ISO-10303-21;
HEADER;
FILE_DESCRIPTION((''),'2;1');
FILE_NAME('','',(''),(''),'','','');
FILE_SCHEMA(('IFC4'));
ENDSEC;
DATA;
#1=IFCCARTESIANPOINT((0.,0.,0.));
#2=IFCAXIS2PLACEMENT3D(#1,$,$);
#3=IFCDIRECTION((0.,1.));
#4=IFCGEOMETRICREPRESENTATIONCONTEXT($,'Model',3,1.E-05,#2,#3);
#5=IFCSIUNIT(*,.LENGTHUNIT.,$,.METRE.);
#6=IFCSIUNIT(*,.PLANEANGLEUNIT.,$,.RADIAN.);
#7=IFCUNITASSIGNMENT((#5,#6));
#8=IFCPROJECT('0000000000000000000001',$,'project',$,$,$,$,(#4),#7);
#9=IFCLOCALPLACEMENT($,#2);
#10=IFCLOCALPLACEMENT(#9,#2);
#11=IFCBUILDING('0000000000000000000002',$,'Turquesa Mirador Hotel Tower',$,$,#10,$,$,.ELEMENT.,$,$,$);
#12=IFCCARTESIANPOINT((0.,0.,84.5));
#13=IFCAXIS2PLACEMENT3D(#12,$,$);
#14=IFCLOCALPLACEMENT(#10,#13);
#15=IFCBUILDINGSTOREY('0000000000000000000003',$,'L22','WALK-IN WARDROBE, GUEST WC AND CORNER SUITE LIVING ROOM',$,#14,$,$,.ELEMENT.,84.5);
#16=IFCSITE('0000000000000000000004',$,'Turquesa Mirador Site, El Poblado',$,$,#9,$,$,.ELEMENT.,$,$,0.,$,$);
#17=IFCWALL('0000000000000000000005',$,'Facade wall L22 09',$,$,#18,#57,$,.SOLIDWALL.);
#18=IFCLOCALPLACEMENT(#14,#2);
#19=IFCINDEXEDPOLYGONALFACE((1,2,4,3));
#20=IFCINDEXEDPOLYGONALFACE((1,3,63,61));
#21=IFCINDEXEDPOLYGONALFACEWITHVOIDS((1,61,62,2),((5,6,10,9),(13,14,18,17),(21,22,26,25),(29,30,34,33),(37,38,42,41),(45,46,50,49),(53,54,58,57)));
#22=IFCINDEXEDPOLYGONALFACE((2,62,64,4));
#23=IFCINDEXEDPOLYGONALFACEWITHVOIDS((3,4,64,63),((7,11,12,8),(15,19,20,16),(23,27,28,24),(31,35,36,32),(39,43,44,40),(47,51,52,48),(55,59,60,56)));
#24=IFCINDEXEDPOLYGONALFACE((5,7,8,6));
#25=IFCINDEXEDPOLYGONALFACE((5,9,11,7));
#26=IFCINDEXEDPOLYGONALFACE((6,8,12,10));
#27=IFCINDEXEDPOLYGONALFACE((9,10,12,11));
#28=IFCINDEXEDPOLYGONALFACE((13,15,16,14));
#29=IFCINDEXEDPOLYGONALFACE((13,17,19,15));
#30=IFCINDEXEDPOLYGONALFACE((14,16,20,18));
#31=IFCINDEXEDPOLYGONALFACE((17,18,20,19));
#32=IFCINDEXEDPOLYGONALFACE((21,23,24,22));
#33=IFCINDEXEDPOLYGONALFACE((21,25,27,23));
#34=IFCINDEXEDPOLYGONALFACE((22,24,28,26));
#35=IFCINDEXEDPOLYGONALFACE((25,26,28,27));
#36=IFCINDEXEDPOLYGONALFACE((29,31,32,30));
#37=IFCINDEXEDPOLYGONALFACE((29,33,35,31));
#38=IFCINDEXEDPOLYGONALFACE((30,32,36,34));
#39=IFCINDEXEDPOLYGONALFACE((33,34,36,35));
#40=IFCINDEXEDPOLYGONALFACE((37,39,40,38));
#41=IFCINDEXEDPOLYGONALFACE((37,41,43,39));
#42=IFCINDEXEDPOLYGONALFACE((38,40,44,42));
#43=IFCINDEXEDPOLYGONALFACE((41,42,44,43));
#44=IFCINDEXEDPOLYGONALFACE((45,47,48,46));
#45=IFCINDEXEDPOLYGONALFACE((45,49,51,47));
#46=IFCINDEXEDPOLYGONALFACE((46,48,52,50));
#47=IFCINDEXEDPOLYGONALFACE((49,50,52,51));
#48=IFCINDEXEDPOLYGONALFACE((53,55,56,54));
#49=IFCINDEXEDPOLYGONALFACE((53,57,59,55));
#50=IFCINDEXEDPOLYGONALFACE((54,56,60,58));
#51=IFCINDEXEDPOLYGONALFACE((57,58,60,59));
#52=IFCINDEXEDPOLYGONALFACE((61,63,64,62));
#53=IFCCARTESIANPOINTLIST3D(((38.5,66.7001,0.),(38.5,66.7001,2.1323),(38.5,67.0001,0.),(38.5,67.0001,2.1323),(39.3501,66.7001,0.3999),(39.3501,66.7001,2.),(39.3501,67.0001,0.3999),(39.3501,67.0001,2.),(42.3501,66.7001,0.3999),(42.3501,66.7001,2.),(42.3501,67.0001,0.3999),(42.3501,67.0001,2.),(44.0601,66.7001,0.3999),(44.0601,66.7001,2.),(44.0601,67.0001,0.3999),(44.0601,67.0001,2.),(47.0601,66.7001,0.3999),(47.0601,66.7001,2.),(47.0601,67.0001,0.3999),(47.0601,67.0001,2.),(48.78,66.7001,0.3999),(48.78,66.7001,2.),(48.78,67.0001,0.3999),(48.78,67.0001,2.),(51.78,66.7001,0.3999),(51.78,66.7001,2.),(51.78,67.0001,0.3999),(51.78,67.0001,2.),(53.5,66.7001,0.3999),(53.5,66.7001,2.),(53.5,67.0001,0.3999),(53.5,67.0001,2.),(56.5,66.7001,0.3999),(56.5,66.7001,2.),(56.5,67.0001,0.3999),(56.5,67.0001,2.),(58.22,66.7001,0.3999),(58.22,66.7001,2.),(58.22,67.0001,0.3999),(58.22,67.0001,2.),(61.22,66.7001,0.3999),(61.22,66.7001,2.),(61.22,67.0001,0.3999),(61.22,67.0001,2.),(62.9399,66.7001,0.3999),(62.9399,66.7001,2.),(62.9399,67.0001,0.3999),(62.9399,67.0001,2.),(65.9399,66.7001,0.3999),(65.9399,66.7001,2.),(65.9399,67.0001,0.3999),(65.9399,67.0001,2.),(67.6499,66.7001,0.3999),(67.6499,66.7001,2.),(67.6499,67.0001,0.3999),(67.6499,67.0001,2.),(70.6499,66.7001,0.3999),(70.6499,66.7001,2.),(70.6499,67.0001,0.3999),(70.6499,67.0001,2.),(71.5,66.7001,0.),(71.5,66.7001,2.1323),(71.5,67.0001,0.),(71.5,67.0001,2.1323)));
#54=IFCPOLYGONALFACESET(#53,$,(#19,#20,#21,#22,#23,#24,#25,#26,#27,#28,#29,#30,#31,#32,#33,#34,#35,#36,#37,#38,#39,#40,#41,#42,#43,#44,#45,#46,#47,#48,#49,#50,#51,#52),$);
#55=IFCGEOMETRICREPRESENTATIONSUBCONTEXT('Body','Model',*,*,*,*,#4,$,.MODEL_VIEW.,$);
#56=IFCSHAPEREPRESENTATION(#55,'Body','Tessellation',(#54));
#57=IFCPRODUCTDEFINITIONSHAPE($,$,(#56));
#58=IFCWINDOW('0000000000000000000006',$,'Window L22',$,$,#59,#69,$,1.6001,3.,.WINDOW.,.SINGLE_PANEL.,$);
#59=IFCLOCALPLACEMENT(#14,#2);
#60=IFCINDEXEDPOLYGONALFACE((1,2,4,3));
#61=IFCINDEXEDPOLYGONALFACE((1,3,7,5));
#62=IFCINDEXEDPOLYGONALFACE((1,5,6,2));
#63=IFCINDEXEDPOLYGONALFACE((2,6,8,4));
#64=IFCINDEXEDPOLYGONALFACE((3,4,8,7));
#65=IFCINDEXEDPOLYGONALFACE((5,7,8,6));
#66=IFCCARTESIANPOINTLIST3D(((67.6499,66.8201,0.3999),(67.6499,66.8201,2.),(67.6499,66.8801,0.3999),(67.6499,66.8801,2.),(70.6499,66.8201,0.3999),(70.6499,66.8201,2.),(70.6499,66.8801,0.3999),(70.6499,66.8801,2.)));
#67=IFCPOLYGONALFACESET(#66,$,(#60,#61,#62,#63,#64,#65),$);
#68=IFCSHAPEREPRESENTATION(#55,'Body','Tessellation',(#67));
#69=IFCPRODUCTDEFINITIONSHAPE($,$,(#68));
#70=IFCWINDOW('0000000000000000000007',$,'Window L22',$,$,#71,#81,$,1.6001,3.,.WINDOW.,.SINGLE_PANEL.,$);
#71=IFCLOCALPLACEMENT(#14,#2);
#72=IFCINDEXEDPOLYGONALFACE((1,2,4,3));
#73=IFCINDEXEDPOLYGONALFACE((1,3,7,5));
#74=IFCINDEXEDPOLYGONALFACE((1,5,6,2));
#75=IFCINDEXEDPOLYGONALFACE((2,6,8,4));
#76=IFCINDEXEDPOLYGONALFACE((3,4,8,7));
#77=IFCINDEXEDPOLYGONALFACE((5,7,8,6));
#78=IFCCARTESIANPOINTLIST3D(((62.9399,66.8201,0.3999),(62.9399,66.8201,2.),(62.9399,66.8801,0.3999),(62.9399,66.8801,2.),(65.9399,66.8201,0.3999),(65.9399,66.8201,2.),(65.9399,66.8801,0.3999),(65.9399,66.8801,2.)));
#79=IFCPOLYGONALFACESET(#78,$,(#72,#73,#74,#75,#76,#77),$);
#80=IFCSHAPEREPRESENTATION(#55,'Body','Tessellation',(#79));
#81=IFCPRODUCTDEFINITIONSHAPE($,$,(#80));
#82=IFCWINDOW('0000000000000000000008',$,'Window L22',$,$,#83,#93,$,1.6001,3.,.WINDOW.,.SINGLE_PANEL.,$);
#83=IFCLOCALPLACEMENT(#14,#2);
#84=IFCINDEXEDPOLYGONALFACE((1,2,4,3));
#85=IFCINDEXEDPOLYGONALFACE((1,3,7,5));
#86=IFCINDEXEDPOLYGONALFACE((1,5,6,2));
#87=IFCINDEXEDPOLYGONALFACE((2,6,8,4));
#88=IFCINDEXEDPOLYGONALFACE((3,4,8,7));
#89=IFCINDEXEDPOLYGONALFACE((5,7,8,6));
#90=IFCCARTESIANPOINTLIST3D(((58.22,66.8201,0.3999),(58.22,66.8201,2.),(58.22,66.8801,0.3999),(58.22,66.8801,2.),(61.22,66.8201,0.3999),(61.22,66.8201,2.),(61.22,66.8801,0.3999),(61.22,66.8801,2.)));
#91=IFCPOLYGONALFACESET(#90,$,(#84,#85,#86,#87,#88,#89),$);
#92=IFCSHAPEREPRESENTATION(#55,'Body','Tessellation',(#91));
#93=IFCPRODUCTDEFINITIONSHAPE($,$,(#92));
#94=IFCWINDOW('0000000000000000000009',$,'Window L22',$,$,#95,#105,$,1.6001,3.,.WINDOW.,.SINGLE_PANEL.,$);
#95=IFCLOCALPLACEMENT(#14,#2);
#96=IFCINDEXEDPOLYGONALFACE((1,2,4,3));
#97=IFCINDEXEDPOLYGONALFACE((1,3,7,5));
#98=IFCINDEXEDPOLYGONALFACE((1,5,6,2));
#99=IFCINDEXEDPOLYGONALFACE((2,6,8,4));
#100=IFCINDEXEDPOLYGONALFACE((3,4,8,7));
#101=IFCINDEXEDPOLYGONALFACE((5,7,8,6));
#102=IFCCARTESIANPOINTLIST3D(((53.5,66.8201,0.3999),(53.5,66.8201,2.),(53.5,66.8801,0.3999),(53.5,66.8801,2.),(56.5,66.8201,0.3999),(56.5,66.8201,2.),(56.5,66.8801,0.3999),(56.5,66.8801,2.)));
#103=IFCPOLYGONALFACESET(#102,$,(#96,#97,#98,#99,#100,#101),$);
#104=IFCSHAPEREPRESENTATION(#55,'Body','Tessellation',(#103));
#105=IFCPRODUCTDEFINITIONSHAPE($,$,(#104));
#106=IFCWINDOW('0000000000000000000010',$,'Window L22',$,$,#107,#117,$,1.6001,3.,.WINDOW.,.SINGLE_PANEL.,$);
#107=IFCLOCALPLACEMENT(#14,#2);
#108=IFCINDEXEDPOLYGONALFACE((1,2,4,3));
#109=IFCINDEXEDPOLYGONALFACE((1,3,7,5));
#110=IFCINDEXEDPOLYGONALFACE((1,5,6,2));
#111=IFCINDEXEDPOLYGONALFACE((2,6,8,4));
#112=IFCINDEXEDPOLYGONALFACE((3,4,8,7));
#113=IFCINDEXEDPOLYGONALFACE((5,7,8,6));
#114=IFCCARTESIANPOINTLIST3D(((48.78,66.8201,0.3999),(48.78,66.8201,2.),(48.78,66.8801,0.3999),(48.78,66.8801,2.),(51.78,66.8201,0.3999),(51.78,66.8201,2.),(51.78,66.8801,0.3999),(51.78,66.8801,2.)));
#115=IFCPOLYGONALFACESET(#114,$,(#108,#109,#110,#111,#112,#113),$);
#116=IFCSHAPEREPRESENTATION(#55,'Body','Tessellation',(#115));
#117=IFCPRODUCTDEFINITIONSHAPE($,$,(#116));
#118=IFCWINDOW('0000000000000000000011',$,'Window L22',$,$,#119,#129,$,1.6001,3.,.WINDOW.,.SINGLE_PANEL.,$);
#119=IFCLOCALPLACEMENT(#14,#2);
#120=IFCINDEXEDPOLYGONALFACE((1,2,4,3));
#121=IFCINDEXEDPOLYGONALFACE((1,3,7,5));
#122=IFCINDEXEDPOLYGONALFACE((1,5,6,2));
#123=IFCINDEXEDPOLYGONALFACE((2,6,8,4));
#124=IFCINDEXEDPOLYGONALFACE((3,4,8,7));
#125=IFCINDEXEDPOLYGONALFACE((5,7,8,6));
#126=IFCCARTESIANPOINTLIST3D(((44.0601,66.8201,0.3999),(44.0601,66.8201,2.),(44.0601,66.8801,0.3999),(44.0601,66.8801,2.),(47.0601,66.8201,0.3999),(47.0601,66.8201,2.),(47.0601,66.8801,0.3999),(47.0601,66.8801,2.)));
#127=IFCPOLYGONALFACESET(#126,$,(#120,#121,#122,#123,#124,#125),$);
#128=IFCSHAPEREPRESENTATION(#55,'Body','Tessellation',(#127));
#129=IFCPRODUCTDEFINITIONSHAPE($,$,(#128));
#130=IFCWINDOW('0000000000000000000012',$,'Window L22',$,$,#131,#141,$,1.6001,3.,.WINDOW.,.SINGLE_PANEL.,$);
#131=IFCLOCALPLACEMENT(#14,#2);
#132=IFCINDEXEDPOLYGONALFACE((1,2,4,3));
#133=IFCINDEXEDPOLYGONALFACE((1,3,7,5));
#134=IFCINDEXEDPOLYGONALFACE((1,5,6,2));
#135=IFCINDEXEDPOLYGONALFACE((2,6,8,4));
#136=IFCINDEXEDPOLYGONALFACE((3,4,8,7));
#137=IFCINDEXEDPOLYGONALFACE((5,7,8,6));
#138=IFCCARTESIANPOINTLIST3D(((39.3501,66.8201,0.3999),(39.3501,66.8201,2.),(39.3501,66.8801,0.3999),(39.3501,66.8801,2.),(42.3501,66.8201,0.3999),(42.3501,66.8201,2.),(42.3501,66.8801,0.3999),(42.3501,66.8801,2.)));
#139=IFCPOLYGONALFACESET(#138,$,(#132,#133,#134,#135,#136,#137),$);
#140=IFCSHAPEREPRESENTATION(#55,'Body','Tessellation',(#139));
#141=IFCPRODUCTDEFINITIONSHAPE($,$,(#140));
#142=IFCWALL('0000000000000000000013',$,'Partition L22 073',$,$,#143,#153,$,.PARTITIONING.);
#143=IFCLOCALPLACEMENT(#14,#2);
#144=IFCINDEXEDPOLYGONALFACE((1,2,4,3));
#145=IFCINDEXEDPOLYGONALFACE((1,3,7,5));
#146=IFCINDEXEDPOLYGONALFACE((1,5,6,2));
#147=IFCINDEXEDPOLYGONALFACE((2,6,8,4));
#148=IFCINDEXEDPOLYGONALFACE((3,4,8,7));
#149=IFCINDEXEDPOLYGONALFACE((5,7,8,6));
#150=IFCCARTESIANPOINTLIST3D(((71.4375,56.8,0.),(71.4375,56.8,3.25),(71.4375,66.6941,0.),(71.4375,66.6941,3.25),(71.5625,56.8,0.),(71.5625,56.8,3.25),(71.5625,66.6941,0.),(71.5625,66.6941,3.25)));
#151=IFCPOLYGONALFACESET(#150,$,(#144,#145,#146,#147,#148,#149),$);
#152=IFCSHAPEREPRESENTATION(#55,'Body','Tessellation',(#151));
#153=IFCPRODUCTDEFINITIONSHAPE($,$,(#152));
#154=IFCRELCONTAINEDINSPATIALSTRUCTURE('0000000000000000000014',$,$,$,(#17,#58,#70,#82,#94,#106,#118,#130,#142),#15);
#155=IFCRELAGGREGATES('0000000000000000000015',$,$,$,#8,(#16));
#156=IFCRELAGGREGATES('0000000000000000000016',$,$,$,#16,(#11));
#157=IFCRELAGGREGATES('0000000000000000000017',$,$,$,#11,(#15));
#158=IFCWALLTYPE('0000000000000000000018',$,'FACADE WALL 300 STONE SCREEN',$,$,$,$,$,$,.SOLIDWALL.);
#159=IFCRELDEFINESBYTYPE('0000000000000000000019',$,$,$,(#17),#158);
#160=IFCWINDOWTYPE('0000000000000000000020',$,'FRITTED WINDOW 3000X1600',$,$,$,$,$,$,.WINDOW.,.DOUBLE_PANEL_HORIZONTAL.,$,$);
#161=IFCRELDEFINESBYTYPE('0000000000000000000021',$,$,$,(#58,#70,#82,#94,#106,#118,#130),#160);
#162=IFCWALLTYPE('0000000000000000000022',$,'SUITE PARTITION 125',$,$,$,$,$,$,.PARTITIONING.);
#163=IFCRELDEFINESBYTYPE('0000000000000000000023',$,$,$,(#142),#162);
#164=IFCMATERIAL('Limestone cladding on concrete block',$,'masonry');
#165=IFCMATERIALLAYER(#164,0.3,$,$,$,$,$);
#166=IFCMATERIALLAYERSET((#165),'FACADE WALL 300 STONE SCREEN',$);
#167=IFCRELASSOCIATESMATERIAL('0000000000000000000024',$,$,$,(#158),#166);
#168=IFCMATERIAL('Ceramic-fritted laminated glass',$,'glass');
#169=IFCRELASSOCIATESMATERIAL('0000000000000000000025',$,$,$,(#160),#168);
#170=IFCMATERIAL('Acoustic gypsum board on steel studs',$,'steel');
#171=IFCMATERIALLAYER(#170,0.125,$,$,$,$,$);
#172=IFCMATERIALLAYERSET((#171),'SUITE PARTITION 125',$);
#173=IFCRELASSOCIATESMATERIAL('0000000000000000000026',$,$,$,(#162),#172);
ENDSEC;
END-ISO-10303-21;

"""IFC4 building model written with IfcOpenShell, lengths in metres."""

from ifc_helpers import new_model, si_unit, direction, frame, frame_2d, origin, place, context, subcontext, project, spatial, rectangle, extrude, material, layer, layer_set, type_object, element, fill, save


model = new_model("IFC4")

# Units and contexts
model_context = context("Model", 3, precision=1e-05, world=origin(), true_north=direction((0.0, 1.0)))
body_context = subcontext(model_context, "Body", "Model", "MODEL_VIEW")
ifc_project = project(units=[si_unit("LENGTHUNIT", "METRE"), si_unit("PLANEANGLEUNIT", "RADIAN")], contexts=[model_context])

# Site, building, storey
site_placement = place(None, origin())
site = spatial("IfcSite", under=ifc_project, at=site_placement, Name="Turquesa Mirador Site, El Poblado", CompositionType="ELEMENT", RefElevation=0.0)
building_placement = place(site_placement, origin())
building = spatial("IfcBuilding", under=site, at=building_placement, Name="Turquesa Mirador Hotel Tower", CompositionType="ELEMENT")
storey_placement = place(building_placement, frame((0.0, 0.0, 84.5)))
storey = spatial("IfcBuildingStorey", under=building, at=storey_placement, Name="L22", Description="WALK-IN WARDROBE, GUEST WC AND CORNER SUITE LIVING ROOM", CompositionType="ELEMENT", Elevation=84.5)

# Shared definitions
ifc_material_1 = material(Name="Limestone cladding on concrete block", Category="masonry")
ifc_layer_1 = layer(ifc_material_1, 0.3)
ifc_layer_set_1 = layer_set([ifc_layer_1], Name="FACADE WALL 300 STONE SCREEN")
wall_type_1 = type_object("IfcWallType", Name="FACADE WALL 300 STONE SCREEN", PredefinedType="SOLIDWALL", material=ifc_layer_set_1)

# Wall, openings, windows
wall_1_placement = place(storey_placement, frame((71.5, 66.8501, 0.0), z_axis=(0.0, 0.0, 1.0), x_axis=(-1.0, 0.0, 0.0)))
wall_1 = element("IfcWall", 1, at=wall_1_placement, inside=storey, type_object=wall_type_1, Name="Facade wall L22 09", PredefinedType="SOLIDWALL", context=body_context, shape_type="SweptSolid", body=[
    extrude(rectangle(XDim=33.0, YDim=0.3, at=frame_2d((16.5, 0.0))), origin(), (0.0, 0.0, 1.0), 2.1323),
])
opening_1_placement = place(wall_1_placement, frame((0.8501, 0.0, 0.3999)))
opening_1 = element("IfcOpeningElement", 2, at=opening_1_placement, cuts=wall_1, PredefinedType="OPENING", context=body_context, shape_type="SweptSolid", body=[
    extrude(rectangle(XDim=3.0, YDim=1.6001, at=frame_2d((1.5, 0.8))), frame((0.0, 0.1599, 0.0), z_axis=(0.0, -1.0, 0.0), x_axis=(1.0, 0.0, 0.0)), (0.0, 0.0, 1.0), 0.3201),
])
opening_2_placement = place(wall_1_placement, frame((5.5601, 0.0, 0.3999)))
opening_2 = element("IfcOpeningElement", 3, at=opening_2_placement, cuts=wall_1, PredefinedType="OPENING", context=body_context, shape_type="SweptSolid", body=[
    extrude(rectangle(XDim=3.0, YDim=1.6001, at=frame_2d((1.5, 0.8))), frame((0.0, 0.1599, 0.0), z_axis=(0.0, -1.0, 0.0), x_axis=(1.0, 0.0, 0.0)), (0.0, 0.0, 1.0), 0.3201),
])
opening_3_placement = place(wall_1_placement, frame((10.28, 0.0, 0.3999)))
opening_3 = element("IfcOpeningElement", 4, at=opening_3_placement, cuts=wall_1, PredefinedType="OPENING", context=body_context, shape_type="SweptSolid", body=[
    extrude(rectangle(XDim=3.0, YDim=1.6001, at=frame_2d((1.5, 0.8))), frame((0.0, 0.1599, 0.0), z_axis=(0.0, -1.0, 0.0), x_axis=(1.0, 0.0, 0.0)), (0.0, 0.0, 1.0), 0.3201),
])
opening_4_placement = place(wall_1_placement, frame((15.0, 0.0, 0.3999)))
opening_4 = element("IfcOpeningElement", 5, at=opening_4_placement, cuts=wall_1, PredefinedType="OPENING", context=body_context, shape_type="SweptSolid", body=[
    extrude(rectangle(XDim=3.0, YDim=1.6001, at=frame_2d((1.5, 0.8))), frame((0.0, 0.1599, 0.0), z_axis=(0.0, -1.0, 0.0), x_axis=(1.0, 0.0, 0.0)), (0.0, 0.0, 1.0), 0.3201),
])
opening_5_placement = place(wall_1_placement, frame((19.72, 0.0, 0.3999)))
opening_5 = element("IfcOpeningElement", 6, at=opening_5_placement, cuts=wall_1, PredefinedType="OPENING", context=body_context, shape_type="SweptSolid", body=[
    extrude(rectangle(XDim=3.0, YDim=1.6001, at=frame_2d((1.5, 0.8))), frame((0.0, 0.1599, 0.0), z_axis=(0.0, -1.0, 0.0), x_axis=(1.0, 0.0, 0.0)), (0.0, 0.0, 1.0), 0.3201),
])
opening_6_placement = place(wall_1_placement, frame((24.4399, 0.0, 0.3999)))
opening_6 = element("IfcOpeningElement", 7, at=opening_6_placement, cuts=wall_1, PredefinedType="OPENING", context=body_context, shape_type="SweptSolid", body=[
    extrude(rectangle(XDim=3.0, YDim=1.6001, at=frame_2d((1.5, 0.8))), frame((0.0, 0.1599, 0.0), z_axis=(0.0, -1.0, 0.0), x_axis=(1.0, 0.0, 0.0)), (0.0, 0.0, 1.0), 0.3201),
])
opening_7_placement = place(wall_1_placement, frame((29.1499, 0.0, 0.3999)))
opening_7 = element("IfcOpeningElement", 8, at=opening_7_placement, cuts=wall_1, PredefinedType="OPENING", context=body_context, shape_type="SweptSolid", body=[
    extrude(rectangle(XDim=3.0, YDim=1.6001, at=frame_2d((1.5, 0.8))), frame((0.0, 0.1599, 0.0), z_axis=(0.0, -1.0, 0.0), x_axis=(1.0, 0.0, 0.0)), (0.0, 0.0, 1.0), 0.3201),
])
ifc_material_2 = material(Name="Ceramic-fritted laminated glass", Category="glass")
window_type_1 = type_object("IfcWindowType", Name="FRITTED WINDOW 3000X1600", PartitioningType="DOUBLE_PANEL_HORIZONTAL", PredefinedType="WINDOW", material=ifc_material_2)
window_1_placement = place(opening_1_placement, origin())
window_1 = element("IfcWindow", 9, at=window_1_placement, inside=storey, type_object=window_type_1, Name="Window L22", OverallHeight=1.6001, OverallWidth=3.0, PartitioningType="SINGLE_PANEL", PredefinedType="WINDOW", context=body_context, shape_type="SweptSolid", body=[
    extrude(rectangle(XDim=3.0, YDim=1.6001, at=frame_2d((1.5, 0.8))), frame((0.0, 0.03, 0.0), z_axis=(0.0, -1.0, 0.0), x_axis=(1.0, 0.0, 0.0)), (0.0, 0.0, 1.0), 0.0601),
])
fill(opening_1, window_1)
window_2_placement = place(opening_2_placement, origin())
window_2 = element("IfcWindow", 10, at=window_2_placement, inside=storey, type_object=window_type_1, Name="Window L22", OverallHeight=1.6001, OverallWidth=3.0, PartitioningType="SINGLE_PANEL", PredefinedType="WINDOW", context=body_context, shape_type="SweptSolid", body=[
    extrude(rectangle(XDim=3.0, YDim=1.6001, at=frame_2d((1.5, 0.8))), frame((0.0, 0.03, 0.0), z_axis=(0.0, -1.0, 0.0), x_axis=(1.0, 0.0, 0.0)), (0.0, 0.0, 1.0), 0.0601),
])
fill(opening_2, window_2)
window_3_placement = place(opening_3_placement, origin())
window_3 = element("IfcWindow", 11, at=window_3_placement, inside=storey, type_object=window_type_1, Name="Window L22", OverallHeight=1.6001, OverallWidth=3.0, PartitioningType="SINGLE_PANEL", PredefinedType="WINDOW", context=body_context, shape_type="SweptSolid", body=[
    extrude(rectangle(XDim=3.0, YDim=1.6001, at=frame_2d((1.5, 0.8))), frame((0.0, 0.03, 0.0), z_axis=(0.0, -1.0, 0.0), x_axis=(1.0, 0.0, 0.0)), (0.0, 0.0, 1.0), 0.0601),
])
fill(opening_3, window_3)
window_4_placement = place(opening_4_placement, origin())
window_4 = element("IfcWindow", 12, at=window_4_placement, inside=storey, type_object=window_type_1, Name="Window L22", OverallHeight=1.6001, OverallWidth=3.0, PartitioningType="SINGLE_PANEL", PredefinedType="WINDOW", context=body_context, shape_type="SweptSolid", body=[
    extrude(rectangle(XDim=3.0, YDim=1.6001, at=frame_2d((1.5, 0.8))), frame((0.0, 0.03, 0.0), z_axis=(0.0, -1.0, 0.0), x_axis=(1.0, 0.0, 0.0)), (0.0, 0.0, 1.0), 0.0601),
])
fill(opening_4, window_4)
window_5_placement = place(opening_5_placement, origin())
window_5 = element("IfcWindow", 13, at=window_5_placement, inside=storey, type_object=window_type_1, Name="Window L22", OverallHeight=1.6001, OverallWidth=3.0, PartitioningType="SINGLE_PANEL", PredefinedType="WINDOW", context=body_context, shape_type="SweptSolid", body=[
    extrude(rectangle(XDim=3.0, YDim=1.6001, at=frame_2d((1.5, 0.8))), frame((0.0, 0.03, 0.0), z_axis=(0.0, -1.0, 0.0), x_axis=(1.0, 0.0, 0.0)), (0.0, 0.0, 1.0), 0.0601),
])
fill(opening_5, window_5)
window_6_placement = place(opening_6_placement, origin())
window_6 = element("IfcWindow", 14, at=window_6_placement, inside=storey, type_object=window_type_1, Name="Window L22", OverallHeight=1.6001, OverallWidth=3.0, PartitioningType="SINGLE_PANEL", PredefinedType="WINDOW", context=body_context, shape_type="SweptSolid", body=[
    extrude(rectangle(XDim=3.0, YDim=1.6001, at=frame_2d((1.5, 0.8))), frame((0.0, 0.03, 0.0), z_axis=(0.0, -1.0, 0.0), x_axis=(1.0, 0.0, 0.0)), (0.0, 0.0, 1.0), 0.0601),
])
fill(opening_6, window_6)
window_7_placement = place(opening_7_placement, origin())
window_7 = element("IfcWindow", 15, at=window_7_placement, inside=storey, type_object=window_type_1, Name="Window L22", OverallHeight=1.6001, OverallWidth=3.0, PartitioningType="SINGLE_PANEL", PredefinedType="WINDOW", context=body_context, shape_type="SweptSolid", body=[
    extrude(rectangle(XDim=3.0, YDim=1.6001, at=frame_2d((1.5, 0.8))), frame((0.0, 0.03, 0.0), z_axis=(0.0, -1.0, 0.0), x_axis=(1.0, 0.0, 0.0)), (0.0, 0.0, 1.0), 0.0601),
])
fill(opening_7, window_7)

# Wall
ifc_material_3 = material(Name="Acoustic gypsum board on steel studs", Category="steel")
ifc_layer_2 = layer(ifc_material_3, 0.125)
ifc_layer_set_2 = layer_set([ifc_layer_2], Name="SUITE PARTITION 125")
wall_type_2 = type_object("IfcWallType", Name="SUITE PARTITION 125", PredefinedType="PARTITIONING", material=ifc_layer_set_2)
wall_2_placement = place(storey_placement, frame((71.5, 56.8, 0.0), z_axis=(0.0, 0.0, 1.0), x_axis=(0.0, 1.0, 0.0)))
element("IfcWall", 16, at=wall_2_placement, inside=storey, type_object=wall_type_2, Name="Partition L22 073", PredefinedType="PARTITIONING", context=body_context, shape_type="SweptSolid", body=[
    extrude(rectangle(XDim=9.894, YDim=0.125, at=frame_2d((4.947, 0.0))), origin(), (0.0, 0.0, 1.0), 3.25),
])

save(model, "model.ifc")
